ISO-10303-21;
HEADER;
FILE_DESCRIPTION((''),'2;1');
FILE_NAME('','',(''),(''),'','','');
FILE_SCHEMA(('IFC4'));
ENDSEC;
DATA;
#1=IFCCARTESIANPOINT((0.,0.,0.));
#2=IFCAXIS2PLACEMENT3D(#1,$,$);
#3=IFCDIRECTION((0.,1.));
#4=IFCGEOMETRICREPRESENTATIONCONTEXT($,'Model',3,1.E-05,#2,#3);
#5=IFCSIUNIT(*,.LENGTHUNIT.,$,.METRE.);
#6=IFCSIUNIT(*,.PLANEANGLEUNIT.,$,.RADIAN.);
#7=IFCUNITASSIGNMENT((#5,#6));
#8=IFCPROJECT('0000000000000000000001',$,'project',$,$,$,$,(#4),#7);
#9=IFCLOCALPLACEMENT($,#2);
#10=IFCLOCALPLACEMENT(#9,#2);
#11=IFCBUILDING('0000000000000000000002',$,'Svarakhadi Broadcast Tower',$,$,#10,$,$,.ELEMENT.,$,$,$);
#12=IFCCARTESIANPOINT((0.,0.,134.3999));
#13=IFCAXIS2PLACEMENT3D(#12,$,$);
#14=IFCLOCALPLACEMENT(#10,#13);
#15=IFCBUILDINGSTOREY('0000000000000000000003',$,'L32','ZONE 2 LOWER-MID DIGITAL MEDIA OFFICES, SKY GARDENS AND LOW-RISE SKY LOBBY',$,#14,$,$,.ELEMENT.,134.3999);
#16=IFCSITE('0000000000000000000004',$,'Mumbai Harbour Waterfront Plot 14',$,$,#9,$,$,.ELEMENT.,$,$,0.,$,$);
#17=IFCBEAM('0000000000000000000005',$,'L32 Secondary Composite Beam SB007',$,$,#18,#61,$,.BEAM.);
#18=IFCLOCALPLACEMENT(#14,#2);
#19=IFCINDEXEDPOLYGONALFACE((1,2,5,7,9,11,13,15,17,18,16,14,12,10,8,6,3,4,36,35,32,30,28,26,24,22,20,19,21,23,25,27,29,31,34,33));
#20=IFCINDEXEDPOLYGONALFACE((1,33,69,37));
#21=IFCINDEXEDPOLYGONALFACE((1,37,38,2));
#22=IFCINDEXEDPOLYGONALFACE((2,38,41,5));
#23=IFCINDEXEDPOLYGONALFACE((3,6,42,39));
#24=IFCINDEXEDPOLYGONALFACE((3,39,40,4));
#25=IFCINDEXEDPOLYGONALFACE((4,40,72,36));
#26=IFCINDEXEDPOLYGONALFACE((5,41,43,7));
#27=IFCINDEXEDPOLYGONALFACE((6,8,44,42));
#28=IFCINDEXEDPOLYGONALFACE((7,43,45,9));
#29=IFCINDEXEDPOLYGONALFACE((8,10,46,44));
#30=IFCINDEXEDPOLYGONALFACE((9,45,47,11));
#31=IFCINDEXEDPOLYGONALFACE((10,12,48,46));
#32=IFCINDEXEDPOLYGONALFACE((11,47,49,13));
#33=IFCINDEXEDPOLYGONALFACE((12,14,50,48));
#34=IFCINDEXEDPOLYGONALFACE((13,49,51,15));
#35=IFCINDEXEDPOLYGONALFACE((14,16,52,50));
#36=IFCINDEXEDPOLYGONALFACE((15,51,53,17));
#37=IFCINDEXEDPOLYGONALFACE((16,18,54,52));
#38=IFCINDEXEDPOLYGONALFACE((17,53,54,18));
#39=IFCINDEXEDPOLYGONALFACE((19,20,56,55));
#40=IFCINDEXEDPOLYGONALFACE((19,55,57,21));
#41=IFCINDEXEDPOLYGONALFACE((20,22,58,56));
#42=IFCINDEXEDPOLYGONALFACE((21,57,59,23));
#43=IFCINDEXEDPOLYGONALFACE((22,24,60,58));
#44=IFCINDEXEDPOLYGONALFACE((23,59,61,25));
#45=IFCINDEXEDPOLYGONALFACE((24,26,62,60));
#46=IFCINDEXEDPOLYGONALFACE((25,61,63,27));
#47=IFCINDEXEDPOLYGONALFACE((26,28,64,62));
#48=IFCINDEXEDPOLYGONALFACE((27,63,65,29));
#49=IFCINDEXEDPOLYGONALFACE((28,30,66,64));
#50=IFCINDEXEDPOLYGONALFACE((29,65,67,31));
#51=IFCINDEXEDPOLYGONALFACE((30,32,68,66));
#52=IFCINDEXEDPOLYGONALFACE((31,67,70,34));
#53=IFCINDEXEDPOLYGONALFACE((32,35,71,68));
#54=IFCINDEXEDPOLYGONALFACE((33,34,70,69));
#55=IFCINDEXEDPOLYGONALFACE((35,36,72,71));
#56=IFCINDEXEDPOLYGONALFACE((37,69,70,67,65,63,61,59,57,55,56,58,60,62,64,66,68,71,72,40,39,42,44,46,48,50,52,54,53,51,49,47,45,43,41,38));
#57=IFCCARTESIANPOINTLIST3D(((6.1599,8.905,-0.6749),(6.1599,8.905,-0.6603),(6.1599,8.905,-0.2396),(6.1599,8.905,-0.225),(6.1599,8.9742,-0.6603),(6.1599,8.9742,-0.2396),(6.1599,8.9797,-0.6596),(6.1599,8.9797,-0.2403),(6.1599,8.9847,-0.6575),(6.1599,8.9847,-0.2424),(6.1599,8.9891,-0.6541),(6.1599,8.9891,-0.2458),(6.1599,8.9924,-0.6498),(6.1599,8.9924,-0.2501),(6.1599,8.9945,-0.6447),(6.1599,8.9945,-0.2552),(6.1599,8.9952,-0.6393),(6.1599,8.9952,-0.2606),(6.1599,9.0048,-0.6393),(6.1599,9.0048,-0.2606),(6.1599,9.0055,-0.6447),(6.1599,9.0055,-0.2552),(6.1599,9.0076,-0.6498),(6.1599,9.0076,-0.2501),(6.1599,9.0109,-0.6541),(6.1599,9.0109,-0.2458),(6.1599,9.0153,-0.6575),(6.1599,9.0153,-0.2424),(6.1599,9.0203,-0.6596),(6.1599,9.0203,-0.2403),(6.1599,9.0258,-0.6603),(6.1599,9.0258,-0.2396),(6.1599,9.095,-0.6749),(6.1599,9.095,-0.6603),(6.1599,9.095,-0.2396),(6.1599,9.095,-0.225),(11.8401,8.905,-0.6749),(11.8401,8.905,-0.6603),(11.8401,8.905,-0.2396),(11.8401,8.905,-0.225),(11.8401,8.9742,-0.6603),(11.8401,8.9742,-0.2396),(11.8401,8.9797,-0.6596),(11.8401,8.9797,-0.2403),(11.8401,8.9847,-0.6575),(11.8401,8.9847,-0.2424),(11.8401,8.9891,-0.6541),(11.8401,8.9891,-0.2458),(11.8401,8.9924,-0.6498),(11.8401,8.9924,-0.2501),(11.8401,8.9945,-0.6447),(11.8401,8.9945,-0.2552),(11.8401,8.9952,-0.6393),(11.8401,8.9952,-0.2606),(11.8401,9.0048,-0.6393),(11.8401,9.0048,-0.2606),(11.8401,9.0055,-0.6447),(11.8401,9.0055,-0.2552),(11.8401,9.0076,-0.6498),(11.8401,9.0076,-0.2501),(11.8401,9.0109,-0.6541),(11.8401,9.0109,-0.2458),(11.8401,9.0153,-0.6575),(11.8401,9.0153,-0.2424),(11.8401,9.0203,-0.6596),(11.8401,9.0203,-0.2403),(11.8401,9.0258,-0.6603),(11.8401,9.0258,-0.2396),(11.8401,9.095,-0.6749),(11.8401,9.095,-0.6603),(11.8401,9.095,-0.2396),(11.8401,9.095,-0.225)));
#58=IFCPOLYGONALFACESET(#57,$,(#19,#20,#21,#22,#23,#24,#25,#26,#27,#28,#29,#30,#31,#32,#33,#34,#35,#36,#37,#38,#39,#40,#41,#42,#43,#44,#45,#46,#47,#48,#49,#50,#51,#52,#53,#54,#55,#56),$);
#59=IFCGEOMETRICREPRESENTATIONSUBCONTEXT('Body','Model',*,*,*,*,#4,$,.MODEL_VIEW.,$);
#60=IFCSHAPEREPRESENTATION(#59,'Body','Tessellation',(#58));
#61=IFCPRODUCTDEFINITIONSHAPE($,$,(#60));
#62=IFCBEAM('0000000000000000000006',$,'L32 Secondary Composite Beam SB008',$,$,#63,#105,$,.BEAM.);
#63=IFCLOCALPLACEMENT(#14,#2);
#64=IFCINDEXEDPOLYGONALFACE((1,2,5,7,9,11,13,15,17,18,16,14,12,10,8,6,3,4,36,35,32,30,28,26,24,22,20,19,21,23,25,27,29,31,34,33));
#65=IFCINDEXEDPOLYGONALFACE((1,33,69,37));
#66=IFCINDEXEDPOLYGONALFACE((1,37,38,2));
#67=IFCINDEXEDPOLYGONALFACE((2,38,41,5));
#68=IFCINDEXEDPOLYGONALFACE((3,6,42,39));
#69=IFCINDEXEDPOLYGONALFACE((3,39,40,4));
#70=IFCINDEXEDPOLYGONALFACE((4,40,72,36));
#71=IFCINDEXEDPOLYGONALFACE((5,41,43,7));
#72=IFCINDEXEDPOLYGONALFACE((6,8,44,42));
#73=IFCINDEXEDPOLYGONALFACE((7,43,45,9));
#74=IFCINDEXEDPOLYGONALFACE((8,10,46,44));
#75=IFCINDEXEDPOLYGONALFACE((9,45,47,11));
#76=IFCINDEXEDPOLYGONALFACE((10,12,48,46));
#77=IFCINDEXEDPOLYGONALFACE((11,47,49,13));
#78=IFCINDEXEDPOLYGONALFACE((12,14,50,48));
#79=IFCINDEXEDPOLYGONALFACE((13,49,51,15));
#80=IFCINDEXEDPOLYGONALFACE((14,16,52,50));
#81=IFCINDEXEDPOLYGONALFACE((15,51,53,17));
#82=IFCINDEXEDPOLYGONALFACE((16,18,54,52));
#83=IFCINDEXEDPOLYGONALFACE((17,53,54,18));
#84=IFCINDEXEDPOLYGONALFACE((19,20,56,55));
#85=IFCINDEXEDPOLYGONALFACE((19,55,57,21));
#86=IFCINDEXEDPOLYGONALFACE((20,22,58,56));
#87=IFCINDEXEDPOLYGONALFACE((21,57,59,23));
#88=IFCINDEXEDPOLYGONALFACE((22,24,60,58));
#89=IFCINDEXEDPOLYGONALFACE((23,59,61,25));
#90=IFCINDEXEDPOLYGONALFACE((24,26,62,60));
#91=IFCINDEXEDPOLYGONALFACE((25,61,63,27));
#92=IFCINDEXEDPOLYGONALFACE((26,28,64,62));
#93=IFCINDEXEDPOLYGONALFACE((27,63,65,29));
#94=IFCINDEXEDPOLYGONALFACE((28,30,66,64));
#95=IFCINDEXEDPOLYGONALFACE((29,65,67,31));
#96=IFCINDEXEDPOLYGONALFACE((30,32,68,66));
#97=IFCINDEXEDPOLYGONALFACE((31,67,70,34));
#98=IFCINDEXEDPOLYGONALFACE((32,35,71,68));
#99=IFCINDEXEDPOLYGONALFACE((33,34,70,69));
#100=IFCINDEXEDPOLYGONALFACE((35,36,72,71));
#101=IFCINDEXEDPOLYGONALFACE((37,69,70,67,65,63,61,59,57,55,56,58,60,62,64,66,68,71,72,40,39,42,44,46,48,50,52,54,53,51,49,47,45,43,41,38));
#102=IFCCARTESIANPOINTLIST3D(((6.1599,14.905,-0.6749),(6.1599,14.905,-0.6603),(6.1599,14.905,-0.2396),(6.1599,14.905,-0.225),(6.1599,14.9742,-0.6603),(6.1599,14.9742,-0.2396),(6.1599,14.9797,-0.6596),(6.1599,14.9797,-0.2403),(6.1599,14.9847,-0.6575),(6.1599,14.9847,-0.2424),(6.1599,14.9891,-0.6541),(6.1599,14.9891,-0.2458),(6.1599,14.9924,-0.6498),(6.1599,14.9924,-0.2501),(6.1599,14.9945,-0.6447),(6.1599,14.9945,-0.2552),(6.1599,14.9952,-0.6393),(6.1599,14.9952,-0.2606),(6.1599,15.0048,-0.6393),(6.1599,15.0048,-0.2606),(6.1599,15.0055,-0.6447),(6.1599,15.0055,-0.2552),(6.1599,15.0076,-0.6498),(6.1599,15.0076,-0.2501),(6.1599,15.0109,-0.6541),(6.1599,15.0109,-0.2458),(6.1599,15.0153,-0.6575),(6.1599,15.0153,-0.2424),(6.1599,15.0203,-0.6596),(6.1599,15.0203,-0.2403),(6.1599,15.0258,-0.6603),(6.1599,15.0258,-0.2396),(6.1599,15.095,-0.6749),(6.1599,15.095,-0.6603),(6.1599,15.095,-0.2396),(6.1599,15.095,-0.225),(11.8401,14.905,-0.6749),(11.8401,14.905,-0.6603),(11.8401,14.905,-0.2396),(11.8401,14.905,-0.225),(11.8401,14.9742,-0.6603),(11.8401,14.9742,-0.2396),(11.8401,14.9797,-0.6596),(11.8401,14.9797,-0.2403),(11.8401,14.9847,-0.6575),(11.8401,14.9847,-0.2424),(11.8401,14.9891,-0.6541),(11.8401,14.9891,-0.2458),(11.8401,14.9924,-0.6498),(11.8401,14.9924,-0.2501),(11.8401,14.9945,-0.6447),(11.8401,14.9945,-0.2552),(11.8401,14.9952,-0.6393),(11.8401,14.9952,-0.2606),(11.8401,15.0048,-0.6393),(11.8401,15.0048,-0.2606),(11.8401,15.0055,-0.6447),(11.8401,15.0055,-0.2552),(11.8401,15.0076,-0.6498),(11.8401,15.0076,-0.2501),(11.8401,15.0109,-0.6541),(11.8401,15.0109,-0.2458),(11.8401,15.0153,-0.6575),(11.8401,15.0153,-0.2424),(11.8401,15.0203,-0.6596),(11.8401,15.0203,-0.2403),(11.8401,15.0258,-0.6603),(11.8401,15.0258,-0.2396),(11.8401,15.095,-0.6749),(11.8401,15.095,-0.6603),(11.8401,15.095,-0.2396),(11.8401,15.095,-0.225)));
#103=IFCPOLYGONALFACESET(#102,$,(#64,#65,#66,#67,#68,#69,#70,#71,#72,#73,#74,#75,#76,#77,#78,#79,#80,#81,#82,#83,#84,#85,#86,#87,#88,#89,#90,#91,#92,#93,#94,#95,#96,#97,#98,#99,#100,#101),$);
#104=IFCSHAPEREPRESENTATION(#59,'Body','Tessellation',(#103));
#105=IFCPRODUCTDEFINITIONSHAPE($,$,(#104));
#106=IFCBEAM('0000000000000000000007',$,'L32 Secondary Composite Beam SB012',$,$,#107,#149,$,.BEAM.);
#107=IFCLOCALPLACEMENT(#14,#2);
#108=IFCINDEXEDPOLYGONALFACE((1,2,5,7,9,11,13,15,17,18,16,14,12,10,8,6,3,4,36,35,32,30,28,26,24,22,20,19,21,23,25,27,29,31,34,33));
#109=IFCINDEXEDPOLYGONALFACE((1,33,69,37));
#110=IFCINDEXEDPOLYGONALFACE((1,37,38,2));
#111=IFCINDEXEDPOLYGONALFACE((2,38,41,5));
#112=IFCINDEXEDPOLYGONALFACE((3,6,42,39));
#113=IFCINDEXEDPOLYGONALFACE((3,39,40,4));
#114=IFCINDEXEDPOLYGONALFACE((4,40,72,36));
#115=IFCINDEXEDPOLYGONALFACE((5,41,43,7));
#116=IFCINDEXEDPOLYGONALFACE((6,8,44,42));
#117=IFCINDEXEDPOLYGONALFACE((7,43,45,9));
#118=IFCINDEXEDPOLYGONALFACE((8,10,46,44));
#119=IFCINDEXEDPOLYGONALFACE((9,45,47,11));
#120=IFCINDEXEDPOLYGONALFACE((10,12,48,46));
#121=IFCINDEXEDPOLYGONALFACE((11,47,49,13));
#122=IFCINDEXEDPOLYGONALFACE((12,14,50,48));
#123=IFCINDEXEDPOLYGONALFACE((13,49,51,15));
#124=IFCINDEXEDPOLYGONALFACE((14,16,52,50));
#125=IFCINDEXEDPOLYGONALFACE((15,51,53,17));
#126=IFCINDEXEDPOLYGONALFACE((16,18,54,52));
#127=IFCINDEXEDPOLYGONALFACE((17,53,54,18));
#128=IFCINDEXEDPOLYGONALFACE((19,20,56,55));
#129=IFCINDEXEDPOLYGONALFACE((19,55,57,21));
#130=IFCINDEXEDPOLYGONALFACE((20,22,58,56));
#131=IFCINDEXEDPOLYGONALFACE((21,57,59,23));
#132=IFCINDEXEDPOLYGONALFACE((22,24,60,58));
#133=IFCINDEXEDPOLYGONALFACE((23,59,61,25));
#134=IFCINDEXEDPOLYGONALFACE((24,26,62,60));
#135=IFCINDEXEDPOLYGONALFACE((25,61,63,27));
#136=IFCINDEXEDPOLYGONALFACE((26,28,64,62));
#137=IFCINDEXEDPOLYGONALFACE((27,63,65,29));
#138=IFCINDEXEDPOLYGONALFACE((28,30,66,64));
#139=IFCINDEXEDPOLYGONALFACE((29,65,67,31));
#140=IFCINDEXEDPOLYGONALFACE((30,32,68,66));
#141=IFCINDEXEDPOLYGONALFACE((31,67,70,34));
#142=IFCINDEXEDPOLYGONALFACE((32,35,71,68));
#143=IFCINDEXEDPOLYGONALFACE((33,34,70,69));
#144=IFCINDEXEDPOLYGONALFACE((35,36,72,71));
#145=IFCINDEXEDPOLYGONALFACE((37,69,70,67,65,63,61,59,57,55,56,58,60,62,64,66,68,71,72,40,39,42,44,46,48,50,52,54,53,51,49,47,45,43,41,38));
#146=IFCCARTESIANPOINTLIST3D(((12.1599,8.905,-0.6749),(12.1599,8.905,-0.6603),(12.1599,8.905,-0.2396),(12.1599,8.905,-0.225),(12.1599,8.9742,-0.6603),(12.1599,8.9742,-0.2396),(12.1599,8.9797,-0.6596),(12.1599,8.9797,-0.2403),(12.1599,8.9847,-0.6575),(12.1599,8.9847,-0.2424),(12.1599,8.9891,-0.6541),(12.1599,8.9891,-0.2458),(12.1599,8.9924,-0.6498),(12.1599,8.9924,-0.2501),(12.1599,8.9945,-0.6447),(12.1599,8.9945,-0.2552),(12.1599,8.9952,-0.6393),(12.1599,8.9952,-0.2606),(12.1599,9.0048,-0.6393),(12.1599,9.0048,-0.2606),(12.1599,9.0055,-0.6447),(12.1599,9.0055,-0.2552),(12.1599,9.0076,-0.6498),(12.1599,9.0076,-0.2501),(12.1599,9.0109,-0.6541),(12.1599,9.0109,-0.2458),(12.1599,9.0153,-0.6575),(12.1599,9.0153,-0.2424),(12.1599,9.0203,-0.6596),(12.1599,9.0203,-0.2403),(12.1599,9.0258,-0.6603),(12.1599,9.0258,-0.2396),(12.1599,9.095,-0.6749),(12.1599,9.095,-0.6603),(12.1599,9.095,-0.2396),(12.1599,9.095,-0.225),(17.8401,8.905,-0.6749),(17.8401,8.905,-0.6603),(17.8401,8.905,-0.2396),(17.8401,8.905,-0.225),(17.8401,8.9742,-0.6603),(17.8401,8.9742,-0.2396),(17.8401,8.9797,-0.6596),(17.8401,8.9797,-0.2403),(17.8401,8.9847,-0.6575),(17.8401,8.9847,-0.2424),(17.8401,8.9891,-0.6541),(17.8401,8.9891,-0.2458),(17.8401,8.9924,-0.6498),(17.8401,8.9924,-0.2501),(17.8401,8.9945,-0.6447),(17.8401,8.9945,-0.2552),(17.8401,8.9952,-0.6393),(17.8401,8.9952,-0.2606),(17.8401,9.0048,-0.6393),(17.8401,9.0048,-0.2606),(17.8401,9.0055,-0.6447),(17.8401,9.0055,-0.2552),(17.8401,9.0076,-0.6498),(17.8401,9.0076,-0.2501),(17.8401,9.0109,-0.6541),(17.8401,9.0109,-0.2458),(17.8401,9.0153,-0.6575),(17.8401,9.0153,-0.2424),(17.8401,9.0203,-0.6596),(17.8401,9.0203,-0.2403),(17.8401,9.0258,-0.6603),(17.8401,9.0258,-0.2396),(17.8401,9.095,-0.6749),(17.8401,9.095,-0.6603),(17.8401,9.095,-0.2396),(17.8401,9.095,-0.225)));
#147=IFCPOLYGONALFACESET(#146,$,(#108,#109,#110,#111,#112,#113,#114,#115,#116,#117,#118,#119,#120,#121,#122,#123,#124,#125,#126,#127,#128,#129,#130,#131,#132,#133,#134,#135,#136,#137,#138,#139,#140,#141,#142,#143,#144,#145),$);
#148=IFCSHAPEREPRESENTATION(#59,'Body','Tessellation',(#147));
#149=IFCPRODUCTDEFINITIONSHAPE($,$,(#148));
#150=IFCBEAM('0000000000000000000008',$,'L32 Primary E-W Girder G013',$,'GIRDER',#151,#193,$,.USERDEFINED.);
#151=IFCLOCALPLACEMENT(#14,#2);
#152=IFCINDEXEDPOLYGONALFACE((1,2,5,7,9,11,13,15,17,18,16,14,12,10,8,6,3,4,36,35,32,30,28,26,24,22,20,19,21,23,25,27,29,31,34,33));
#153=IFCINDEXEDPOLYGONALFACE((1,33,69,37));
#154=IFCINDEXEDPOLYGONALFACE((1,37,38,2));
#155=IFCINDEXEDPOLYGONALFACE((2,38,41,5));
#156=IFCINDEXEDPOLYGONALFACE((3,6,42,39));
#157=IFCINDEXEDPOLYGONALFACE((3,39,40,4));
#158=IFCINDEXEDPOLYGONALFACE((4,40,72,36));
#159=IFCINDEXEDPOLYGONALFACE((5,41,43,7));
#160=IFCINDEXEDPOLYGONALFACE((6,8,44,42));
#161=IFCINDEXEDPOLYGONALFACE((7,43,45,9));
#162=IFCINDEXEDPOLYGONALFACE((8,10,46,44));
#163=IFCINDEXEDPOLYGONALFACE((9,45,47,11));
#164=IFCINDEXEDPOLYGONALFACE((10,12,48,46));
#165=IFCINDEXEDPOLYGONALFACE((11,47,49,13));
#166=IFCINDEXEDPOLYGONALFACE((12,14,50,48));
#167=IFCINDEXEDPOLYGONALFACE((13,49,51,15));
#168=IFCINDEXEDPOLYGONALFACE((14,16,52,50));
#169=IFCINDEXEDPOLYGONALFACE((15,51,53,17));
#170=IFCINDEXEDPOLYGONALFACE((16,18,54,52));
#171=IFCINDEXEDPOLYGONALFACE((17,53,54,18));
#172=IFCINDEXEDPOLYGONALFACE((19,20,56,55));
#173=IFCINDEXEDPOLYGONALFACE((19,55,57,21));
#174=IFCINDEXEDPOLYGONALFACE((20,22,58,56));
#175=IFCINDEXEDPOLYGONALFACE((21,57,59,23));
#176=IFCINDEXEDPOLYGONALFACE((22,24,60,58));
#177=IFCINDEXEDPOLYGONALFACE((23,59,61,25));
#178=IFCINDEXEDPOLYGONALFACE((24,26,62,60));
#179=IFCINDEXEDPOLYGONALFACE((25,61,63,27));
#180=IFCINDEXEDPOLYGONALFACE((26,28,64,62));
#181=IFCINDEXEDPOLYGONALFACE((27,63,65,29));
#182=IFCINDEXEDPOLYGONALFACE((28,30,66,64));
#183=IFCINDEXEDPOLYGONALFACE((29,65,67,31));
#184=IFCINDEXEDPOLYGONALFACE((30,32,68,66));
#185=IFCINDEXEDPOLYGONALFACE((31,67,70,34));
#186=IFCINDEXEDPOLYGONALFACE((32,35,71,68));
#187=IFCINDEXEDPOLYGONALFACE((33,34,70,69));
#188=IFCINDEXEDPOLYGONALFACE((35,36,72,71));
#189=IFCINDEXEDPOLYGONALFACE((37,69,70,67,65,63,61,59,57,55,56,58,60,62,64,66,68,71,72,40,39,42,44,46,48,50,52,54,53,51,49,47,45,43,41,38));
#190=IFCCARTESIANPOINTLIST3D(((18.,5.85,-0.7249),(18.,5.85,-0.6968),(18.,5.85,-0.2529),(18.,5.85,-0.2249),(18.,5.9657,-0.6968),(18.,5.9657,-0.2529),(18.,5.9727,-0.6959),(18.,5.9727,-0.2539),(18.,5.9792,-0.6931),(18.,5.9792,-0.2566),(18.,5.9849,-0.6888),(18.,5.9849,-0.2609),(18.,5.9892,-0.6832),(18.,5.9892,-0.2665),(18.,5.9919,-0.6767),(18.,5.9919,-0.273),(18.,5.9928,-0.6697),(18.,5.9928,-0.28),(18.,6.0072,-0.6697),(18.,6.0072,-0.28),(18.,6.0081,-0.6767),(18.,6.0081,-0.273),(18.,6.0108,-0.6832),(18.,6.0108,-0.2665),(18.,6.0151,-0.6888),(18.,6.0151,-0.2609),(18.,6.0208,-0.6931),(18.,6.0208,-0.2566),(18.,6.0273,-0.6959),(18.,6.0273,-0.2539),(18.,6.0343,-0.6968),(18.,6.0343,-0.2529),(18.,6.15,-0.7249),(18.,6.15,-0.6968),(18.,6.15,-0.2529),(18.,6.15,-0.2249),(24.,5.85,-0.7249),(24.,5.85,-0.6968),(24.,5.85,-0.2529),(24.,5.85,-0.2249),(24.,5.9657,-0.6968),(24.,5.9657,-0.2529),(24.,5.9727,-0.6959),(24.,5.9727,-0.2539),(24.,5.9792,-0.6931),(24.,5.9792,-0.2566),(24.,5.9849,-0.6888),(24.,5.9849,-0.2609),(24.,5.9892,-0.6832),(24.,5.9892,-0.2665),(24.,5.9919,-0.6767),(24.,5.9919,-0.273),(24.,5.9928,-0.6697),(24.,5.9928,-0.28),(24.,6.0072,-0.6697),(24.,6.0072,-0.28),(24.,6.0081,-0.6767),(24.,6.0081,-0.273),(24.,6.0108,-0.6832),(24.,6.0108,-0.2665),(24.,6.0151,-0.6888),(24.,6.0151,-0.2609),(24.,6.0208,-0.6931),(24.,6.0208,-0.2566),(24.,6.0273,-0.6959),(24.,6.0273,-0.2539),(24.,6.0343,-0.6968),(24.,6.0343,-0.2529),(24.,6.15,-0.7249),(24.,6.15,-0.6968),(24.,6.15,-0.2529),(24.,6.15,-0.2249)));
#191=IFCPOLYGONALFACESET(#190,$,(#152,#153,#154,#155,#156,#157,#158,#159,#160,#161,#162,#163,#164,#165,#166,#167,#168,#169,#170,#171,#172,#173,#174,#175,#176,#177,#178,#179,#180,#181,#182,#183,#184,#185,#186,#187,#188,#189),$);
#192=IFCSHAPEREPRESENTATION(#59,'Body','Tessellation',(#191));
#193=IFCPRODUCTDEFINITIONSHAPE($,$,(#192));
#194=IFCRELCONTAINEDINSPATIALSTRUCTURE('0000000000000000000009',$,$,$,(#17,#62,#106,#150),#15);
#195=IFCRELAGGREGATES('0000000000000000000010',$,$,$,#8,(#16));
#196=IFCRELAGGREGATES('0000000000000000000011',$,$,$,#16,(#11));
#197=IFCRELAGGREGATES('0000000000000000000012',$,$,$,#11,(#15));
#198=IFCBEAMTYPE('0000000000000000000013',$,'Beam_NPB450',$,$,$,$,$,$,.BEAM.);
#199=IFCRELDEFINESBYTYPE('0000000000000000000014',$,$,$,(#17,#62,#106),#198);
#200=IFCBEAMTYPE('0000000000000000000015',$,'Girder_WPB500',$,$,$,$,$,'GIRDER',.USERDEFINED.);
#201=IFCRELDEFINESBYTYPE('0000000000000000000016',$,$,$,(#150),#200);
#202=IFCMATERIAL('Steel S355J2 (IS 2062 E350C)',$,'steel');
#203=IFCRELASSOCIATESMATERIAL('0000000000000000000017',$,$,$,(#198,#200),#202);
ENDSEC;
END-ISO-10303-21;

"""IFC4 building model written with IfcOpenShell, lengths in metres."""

from ifc_helpers import new_model, si_unit, direction, frame, origin, origin_2d, place, context, subcontext, project, spatial, i_section, extrude, material, material_profile, profile_set, type_object, element, save


model = new_model("IFC4")

# Units and contexts
model_context = context("Model", 3, precision=1e-05, world=origin(), true_north=direction((0.0, 1.0)))
body_context = subcontext(model_context, "Body", "Model", "MODEL_VIEW")
ifc_project = project(units=[si_unit("LENGTHUNIT", "METRE"), si_unit("PLANEANGLEUNIT", "RADIAN")], contexts=[model_context])

# Site, building, storey
site_placement = place(None, origin())
site = spatial("IfcSite", under=ifc_project, at=site_placement, Name="Mumbai Harbour Waterfront Plot 14", CompositionType="ELEMENT", RefElevation=0.0)
building_placement = place(site_placement, origin())
building = spatial("IfcBuilding", under=site, at=building_placement, Name="Svarakhadi Broadcast Tower", CompositionType="ELEMENT")
storey_placement = place(building_placement, frame((0.0, 0.0, 134.3999)))
storey = spatial("IfcBuildingStorey", under=building, at=storey_placement, Name="L32", Description="ZONE 2 LOWER-MID DIGITAL MEDIA OFFICES, SKY GARDENS AND LOW-RISE SKY LOBBY", CompositionType="ELEMENT", Elevation=134.3999)

# Beams
ifc_material_1 = material(Name="Steel S355J2 (IS 2062 E350C)", Category="steel")
ifc_material_profile_1 = material_profile(ifc_material_1, i_section(OverallWidth=0.1899, OverallDepth=0.45, WebThickness=0.0095, FlangeThickness=0.0146, FilletRadius=0.021, at=origin_2d()), Name="NPB 450x190x78")
ifc_profile_set_1 = profile_set([ifc_material_profile_1], Name="Steel S355J2 (IS 2062 E350C)")
beam_type_1 = type_object("IfcBeamType", Name="Beam_NPB450", PredefinedType="BEAM", material=ifc_profile_set_1)
for number, where, z_axis, x_axis, name in (
    (1, (6.1599, 9.0, -0.45), (1.0, 0.0, 0.0), (0.0, 1.0, 0.0), "L32 Secondary Composite Beam SB007"),
    (2, (6.1599, 15.0, -0.45), (1.0, 0.0, 0.0), (0.0, 1.0, 0.0), "L32 Secondary Composite Beam SB008"),
    (3, (12.1599, 9.0, -0.45), (1.0, 0.0, 0.0), (0.0, 1.0, 0.0), "L32 Secondary Composite Beam SB012"),
):
    element("IfcBeam", number, at=place(storey_placement, frame(where, z_axis=z_axis, x_axis=x_axis)), inside=storey, type_object=beam_type_1, Name=name, PredefinedType="BEAM", context=body_context, shape_type="SweptSolid", body=[
        extrude(i_section(OverallWidth=0.1899, OverallDepth=0.45, WebThickness=0.0095, FlangeThickness=0.0146, FilletRadius=0.021, at=origin_2d()), origin(), (0.0, 0.0, 1.0), 5.6802),
    ])
ifc_material_profile_2 = material_profile(ifc_material_1, i_section(OverallWidth=0.3, OverallDepth=0.5, WebThickness=0.0144, FlangeThickness=0.0281, FilletRadius=0.0271, at=origin_2d()), Name="WPB 500x300x187")
ifc_profile_set_2 = profile_set([ifc_material_profile_2], Name="Steel S355J2 (IS 2062 E350C)")
beam_type_2 = type_object("IfcBeamType", Name="Girder_WPB500", ElementType="GIRDER", PredefinedType="USERDEFINED", material=ifc_profile_set_2)
for number, where, z_axis, x_axis, name in (
    (4, (18.0, 6.0, -0.4749), (1.0, 0.0, 0.0), (0.0, 1.0, 0.0), "L32 Primary E-W Girder G013"),
):
    element("IfcBeam", number, at=place(storey_placement, frame(where, z_axis=z_axis, x_axis=x_axis)), inside=storey, type_object=beam_type_2, Name=name, ObjectType="GIRDER", PredefinedType="USERDEFINED", context=body_context, shape_type="SweptSolid", body=[
        extrude(i_section(OverallWidth=0.3, OverallDepth=0.5, WebThickness=0.0144, FlangeThickness=0.0281, FilletRadius=0.0271, at=origin_2d()), origin(), (0.0, 0.0, 1.0), 6.0),
    ])

save(model, "model.ifc")
